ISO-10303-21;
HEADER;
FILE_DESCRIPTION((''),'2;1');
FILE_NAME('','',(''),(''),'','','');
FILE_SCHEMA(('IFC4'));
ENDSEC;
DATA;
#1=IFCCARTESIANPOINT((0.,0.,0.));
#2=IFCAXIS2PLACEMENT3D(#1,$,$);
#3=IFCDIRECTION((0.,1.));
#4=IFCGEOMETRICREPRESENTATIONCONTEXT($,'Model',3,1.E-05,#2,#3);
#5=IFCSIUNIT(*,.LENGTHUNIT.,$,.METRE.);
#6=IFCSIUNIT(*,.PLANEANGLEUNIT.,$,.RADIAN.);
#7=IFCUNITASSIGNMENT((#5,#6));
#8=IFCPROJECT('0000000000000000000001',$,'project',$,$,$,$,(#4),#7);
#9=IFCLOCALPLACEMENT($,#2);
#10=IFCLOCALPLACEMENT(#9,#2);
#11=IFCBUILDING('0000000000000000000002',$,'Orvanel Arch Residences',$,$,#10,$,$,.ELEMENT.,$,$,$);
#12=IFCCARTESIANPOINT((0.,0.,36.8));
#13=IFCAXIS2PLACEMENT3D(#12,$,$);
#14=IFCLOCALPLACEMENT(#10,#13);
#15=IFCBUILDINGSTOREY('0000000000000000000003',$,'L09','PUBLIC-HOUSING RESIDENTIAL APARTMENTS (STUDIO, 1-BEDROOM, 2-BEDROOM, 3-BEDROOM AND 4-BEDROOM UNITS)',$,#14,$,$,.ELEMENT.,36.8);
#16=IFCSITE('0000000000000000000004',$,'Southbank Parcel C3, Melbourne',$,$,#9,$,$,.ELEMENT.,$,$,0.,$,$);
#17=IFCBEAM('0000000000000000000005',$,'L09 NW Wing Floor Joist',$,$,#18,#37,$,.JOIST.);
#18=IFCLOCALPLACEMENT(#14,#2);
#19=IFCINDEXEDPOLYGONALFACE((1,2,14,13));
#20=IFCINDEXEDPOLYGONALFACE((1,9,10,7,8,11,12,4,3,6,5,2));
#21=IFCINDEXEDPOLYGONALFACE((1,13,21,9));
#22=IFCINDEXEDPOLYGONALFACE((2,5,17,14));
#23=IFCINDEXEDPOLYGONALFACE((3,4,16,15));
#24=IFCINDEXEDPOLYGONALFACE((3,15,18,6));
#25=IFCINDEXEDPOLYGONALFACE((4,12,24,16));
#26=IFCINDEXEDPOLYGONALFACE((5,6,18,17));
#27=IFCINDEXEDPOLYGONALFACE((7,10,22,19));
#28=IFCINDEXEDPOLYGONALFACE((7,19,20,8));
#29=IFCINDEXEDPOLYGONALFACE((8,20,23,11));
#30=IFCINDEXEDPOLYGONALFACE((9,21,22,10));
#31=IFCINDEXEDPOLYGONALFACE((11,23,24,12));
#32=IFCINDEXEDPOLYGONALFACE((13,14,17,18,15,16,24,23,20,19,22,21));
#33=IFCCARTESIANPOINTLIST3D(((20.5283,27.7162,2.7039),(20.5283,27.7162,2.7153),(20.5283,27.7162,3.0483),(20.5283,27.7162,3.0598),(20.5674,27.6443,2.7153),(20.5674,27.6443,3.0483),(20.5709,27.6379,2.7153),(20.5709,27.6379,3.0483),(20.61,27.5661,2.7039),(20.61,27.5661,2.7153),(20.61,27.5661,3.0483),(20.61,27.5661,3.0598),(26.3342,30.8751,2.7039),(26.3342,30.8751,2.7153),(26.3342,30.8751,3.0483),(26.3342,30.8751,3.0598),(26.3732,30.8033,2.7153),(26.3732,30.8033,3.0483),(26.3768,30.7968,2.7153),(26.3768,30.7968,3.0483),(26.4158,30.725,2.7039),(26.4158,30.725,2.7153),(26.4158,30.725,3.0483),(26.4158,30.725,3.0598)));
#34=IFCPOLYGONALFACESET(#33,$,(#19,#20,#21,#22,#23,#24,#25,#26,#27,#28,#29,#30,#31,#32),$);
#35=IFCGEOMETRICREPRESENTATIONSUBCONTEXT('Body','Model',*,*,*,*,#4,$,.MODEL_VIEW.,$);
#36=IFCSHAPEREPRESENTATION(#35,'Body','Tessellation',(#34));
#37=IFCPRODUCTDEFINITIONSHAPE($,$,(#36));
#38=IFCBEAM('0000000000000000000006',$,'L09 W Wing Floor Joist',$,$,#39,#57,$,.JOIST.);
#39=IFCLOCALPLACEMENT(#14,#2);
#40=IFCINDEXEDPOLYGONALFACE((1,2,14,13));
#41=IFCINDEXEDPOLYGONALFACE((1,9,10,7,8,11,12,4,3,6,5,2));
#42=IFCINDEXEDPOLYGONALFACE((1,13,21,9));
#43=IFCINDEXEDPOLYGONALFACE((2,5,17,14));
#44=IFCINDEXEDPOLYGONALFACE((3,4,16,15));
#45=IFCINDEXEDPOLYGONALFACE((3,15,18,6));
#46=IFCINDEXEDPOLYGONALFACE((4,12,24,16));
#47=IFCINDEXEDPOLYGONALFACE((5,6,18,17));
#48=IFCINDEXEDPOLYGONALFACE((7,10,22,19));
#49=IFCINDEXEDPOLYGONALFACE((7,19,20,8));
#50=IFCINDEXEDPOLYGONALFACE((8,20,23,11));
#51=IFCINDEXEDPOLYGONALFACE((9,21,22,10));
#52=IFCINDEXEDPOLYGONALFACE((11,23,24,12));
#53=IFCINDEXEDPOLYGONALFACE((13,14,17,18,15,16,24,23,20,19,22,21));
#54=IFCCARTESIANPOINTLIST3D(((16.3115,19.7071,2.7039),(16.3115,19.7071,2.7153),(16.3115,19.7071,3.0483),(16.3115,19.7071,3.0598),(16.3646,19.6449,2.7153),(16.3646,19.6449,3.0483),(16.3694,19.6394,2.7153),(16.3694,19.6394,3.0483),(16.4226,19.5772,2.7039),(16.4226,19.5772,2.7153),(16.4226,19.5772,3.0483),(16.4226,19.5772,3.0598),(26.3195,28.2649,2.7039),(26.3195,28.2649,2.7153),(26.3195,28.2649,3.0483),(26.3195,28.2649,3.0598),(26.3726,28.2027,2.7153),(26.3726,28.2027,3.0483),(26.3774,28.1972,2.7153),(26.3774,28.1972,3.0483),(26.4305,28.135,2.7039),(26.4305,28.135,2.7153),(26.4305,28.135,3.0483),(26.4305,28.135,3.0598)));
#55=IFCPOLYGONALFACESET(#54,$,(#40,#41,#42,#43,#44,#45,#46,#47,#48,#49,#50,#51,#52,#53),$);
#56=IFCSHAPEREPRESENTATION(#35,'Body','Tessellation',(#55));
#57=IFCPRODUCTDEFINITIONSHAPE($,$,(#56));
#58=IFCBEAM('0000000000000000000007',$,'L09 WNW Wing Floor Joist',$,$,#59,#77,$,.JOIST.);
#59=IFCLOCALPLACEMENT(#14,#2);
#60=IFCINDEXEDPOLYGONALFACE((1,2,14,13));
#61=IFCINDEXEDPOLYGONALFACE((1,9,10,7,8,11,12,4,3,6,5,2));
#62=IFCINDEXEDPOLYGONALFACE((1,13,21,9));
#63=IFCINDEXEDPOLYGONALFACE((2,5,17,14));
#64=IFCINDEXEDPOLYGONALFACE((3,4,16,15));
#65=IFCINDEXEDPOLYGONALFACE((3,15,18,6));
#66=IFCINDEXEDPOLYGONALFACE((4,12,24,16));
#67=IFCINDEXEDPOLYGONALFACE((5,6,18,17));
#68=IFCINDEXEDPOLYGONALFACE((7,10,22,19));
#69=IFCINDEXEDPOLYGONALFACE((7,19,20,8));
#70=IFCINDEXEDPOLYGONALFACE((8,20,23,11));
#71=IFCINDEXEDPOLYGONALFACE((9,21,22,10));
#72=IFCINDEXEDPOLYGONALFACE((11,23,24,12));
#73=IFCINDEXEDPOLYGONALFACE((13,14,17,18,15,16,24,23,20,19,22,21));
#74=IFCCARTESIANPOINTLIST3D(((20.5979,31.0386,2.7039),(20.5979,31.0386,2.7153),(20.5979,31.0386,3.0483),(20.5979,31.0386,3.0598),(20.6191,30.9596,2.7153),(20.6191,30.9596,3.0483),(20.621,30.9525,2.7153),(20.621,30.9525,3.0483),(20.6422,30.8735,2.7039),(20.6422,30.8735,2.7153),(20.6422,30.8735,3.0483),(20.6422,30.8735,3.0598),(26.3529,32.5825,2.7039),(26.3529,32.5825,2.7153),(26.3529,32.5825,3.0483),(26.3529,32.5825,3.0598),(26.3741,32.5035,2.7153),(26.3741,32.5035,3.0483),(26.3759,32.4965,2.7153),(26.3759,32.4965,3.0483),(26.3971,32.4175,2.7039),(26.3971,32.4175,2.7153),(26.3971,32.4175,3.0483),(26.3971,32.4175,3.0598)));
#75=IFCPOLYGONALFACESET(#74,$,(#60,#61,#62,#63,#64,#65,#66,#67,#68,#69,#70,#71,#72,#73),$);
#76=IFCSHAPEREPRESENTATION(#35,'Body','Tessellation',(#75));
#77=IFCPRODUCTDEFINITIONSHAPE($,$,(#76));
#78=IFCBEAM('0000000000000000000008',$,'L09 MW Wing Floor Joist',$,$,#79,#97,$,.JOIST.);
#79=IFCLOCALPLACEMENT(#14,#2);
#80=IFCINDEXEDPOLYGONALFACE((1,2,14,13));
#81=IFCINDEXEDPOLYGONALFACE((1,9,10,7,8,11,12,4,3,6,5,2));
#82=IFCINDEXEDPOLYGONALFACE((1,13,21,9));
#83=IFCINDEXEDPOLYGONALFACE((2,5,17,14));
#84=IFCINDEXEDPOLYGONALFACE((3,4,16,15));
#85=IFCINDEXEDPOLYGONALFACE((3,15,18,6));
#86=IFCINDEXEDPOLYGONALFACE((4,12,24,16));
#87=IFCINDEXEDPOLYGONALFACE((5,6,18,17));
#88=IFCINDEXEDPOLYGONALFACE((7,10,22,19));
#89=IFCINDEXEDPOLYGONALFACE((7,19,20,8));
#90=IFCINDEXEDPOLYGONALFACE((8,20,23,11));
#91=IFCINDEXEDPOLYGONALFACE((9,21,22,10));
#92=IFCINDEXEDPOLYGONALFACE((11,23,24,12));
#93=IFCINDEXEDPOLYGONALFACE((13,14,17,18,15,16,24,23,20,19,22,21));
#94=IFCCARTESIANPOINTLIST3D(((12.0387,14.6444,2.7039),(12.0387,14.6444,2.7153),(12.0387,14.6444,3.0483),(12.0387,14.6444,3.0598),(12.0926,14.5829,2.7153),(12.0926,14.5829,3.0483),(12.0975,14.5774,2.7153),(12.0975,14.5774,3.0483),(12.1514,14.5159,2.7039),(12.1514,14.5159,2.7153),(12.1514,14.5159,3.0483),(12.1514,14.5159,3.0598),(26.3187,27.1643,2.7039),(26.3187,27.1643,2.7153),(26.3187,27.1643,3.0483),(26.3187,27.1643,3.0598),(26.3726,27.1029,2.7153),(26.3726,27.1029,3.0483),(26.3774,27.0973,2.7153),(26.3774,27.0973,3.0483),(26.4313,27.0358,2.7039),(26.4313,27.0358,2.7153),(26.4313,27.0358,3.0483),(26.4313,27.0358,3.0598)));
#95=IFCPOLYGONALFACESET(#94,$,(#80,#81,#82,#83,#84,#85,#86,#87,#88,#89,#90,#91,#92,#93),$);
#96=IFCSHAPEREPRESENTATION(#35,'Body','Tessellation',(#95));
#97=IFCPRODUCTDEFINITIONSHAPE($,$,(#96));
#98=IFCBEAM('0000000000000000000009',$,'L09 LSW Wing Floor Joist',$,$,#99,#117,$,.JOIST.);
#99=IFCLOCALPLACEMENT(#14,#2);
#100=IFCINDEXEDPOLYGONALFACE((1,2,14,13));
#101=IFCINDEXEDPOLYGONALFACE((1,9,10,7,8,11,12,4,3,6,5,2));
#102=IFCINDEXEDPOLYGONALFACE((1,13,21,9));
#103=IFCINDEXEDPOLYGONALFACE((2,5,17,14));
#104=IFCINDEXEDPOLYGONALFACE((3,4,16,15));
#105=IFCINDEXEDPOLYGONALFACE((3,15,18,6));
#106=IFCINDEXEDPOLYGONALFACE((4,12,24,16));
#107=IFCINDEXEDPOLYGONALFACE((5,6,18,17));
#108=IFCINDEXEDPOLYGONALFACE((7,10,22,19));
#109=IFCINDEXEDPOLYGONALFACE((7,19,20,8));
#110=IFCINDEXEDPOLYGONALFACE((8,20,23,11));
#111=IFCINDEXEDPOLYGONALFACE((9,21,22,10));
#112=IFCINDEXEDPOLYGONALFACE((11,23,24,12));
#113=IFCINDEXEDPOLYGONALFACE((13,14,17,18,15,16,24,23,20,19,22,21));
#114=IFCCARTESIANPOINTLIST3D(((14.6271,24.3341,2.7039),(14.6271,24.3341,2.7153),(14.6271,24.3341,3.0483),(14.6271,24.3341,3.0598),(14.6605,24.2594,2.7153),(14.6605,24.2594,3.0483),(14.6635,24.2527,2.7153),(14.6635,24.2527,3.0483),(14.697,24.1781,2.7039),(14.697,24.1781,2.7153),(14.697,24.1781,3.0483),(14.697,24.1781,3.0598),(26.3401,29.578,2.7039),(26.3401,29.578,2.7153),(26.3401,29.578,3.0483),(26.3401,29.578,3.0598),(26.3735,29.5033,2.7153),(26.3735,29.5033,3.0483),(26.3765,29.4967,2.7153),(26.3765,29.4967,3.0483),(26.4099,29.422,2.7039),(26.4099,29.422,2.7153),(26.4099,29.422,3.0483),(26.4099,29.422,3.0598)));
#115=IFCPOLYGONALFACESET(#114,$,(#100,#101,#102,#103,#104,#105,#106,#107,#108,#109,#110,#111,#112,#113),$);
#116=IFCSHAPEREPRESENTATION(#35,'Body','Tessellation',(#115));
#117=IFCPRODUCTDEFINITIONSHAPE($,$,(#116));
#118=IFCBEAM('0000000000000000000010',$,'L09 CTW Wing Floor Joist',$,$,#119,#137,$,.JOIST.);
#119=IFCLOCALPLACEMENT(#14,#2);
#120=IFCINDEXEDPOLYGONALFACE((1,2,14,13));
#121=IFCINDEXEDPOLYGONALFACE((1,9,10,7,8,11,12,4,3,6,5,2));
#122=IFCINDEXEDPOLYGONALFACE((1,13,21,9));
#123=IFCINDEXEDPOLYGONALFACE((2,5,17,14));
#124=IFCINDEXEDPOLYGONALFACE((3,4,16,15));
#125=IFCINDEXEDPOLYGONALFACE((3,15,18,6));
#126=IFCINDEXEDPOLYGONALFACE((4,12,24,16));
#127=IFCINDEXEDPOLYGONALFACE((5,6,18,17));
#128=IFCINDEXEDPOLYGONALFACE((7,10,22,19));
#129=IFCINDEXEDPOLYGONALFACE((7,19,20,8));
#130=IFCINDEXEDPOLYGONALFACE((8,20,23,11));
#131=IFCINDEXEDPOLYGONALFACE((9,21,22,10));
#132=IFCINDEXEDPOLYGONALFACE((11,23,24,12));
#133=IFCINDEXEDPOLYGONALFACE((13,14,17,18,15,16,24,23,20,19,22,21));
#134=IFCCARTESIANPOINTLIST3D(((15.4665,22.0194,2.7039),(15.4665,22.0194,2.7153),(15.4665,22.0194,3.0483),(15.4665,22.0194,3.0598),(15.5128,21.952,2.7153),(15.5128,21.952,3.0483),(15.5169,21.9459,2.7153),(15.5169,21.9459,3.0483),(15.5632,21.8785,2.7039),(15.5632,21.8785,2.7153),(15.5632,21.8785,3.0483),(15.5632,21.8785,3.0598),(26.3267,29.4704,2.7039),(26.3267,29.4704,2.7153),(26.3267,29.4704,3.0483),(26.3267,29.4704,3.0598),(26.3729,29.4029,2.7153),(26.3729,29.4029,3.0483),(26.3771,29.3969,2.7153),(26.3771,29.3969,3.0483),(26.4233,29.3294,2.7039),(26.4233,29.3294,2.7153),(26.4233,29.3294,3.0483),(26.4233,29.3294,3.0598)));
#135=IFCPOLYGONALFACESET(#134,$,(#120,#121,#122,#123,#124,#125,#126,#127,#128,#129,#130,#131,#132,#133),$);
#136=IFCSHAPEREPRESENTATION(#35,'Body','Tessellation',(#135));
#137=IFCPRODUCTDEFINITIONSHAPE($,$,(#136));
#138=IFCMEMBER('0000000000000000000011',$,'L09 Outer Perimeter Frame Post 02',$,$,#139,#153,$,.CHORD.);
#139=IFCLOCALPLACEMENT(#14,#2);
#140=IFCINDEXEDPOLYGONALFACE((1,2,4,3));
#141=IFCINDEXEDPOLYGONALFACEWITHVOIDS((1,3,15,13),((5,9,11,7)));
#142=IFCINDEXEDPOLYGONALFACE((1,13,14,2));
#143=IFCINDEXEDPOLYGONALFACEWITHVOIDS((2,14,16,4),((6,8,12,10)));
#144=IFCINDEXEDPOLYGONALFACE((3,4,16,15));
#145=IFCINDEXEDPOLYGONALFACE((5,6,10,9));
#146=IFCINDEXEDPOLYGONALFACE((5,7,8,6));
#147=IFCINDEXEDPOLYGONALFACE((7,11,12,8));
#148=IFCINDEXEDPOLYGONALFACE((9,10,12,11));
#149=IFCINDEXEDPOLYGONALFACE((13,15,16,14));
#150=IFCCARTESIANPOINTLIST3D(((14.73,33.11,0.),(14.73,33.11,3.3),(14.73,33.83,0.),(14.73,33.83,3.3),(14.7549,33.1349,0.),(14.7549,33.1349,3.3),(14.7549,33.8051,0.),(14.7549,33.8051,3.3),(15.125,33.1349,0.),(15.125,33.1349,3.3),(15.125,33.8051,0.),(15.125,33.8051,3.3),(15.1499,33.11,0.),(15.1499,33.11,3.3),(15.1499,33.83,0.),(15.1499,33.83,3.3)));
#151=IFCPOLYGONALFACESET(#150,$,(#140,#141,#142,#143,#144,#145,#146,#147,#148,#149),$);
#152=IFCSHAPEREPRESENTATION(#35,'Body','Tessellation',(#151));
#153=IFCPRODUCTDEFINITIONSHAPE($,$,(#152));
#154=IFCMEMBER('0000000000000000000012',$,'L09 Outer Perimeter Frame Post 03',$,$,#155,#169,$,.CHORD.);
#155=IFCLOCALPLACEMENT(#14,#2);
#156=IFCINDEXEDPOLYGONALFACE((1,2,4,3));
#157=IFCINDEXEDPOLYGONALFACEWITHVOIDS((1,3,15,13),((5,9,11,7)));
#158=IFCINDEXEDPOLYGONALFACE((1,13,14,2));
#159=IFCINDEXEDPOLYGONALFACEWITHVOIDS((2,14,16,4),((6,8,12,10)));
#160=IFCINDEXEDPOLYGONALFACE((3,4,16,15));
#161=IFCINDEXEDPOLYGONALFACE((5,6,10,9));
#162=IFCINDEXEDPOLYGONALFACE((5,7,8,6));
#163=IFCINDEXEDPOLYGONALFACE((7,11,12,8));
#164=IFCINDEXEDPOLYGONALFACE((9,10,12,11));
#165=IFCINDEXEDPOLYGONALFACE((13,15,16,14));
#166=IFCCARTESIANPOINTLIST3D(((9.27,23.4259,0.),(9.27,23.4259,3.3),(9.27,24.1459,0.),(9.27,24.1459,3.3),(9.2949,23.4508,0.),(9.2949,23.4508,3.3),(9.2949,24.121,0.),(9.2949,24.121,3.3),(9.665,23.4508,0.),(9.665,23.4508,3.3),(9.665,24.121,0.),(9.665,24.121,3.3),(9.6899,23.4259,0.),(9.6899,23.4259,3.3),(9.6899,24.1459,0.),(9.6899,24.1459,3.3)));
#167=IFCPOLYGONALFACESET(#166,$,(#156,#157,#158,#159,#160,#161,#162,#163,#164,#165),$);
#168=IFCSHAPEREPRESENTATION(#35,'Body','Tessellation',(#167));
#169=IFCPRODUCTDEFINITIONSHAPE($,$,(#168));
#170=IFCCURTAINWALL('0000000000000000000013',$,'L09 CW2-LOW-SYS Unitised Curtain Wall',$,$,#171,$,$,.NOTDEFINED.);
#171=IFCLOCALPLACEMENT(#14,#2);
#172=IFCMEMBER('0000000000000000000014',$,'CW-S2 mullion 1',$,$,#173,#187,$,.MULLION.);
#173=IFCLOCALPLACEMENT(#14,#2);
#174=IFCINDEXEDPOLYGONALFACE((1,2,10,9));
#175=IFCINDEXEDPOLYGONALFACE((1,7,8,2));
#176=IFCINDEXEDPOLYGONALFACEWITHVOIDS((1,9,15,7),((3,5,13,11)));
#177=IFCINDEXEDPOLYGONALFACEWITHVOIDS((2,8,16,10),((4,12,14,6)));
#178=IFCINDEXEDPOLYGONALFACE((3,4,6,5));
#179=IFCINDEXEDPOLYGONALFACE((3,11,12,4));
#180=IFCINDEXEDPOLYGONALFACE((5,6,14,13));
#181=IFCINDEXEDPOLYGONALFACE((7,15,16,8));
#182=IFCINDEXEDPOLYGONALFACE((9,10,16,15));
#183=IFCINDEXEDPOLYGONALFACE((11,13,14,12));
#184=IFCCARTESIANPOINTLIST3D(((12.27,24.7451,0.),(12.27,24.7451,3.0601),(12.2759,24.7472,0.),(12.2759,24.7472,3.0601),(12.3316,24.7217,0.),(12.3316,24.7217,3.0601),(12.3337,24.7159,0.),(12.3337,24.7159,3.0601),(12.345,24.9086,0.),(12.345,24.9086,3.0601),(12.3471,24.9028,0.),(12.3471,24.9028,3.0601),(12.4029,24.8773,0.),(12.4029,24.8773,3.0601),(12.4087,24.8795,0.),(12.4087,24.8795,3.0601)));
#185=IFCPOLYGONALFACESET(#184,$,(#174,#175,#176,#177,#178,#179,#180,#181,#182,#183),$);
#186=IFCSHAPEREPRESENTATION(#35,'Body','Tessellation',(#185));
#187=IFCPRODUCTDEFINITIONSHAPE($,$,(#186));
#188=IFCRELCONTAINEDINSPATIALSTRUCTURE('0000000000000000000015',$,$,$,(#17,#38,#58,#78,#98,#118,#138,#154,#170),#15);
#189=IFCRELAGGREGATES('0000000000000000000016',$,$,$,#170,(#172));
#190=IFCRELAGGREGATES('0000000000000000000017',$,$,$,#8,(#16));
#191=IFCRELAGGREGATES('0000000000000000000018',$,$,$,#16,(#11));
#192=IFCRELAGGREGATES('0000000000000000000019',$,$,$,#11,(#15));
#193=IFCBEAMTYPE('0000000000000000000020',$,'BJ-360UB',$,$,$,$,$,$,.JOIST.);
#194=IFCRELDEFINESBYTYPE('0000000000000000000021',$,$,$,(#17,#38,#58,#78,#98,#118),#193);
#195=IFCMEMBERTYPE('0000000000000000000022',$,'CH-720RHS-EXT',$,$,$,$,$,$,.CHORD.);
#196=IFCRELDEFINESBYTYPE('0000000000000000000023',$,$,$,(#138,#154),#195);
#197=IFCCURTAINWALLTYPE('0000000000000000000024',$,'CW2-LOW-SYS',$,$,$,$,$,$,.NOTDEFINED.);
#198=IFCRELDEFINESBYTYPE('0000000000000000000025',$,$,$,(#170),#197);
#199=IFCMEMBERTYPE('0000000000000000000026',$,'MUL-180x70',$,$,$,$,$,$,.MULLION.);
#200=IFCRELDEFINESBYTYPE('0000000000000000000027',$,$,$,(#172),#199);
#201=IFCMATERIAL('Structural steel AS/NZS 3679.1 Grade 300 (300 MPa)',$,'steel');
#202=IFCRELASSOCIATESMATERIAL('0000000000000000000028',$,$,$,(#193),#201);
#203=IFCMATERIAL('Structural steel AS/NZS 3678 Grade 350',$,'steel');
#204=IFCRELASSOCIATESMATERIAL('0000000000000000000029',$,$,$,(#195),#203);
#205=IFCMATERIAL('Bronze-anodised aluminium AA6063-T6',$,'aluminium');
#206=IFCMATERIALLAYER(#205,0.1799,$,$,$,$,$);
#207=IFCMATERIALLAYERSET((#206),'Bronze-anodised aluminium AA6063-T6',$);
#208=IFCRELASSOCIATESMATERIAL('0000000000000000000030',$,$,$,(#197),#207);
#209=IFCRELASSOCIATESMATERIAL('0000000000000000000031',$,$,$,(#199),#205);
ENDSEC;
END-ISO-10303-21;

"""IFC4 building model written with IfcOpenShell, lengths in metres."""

from ifc_helpers import new_model, si_unit, direction, frame, origin, origin_2d, place, context, subcontext, project, spatial, hollow_rectangle, i_section, extrude, material, layer, layer_set, material_profile, profile_set, type_object, element, aggregate, save


model = new_model("IFC4")

# Units and contexts
model_context = context("Model", 3, precision=1e-05, world=origin(), true_north=direction((0.0, 1.0)))
body_context = subcontext(model_context, "Body", "Model", "MODEL_VIEW")
ifc_project = project(units=[si_unit("LENGTHUNIT", "METRE"), si_unit("PLANEANGLEUNIT", "RADIAN")], contexts=[model_context])

# Site, building, storey
site_placement = place(None, origin())
site = spatial("IfcSite", under=ifc_project, at=site_placement, Name="Southbank Parcel C3, Melbourne", CompositionType="ELEMENT", RefElevation=0.0)
building_placement = place(site_placement, origin())
building = spatial("IfcBuilding", under=site, at=building_placement, Name="Orvanel Arch Residences", CompositionType="ELEMENT")
storey_placement = place(building_placement, frame((0.0, 0.0, 36.8)))
storey = spatial("IfcBuildingStorey", under=building, at=storey_placement, Name="L09", Description="PUBLIC-HOUSING RESIDENTIAL APARTMENTS (STUDIO, 1-BEDROOM, 2-BEDROOM, 3-BEDROOM AND 4-BEDROOM UNITS)", CompositionType="ELEMENT", Elevation=36.8)

# Beams
ifc_material_1 = material(Name="Structural steel AS/NZS 3679.1 Grade 300 (300 MPa)", Category="steel")
ifc_material_profile_1 = material_profile(ifc_material_1, i_section(OverallWidth=0.1709, OverallDepth=0.356, WebThickness=0.0073, FlangeThickness=0.0115, at=origin_2d()), Name="360UB50.7")
ifc_profile_set_1 = profile_set([ifc_material_profile_1], Name="Structural steel AS/NZS 3679.1 Grade 300 (300 MPa)")
beam_type_1 = type_object("IfcBeamType", Name="BJ-360UB", PredefinedType="JOIST", material=ifc_profile_set_1)
beam_1_placement = place(storey_placement, frame((26.375, 30.8, 2.8818), z_axis=(-0.878399, -0.477928, 0.0), x_axis=(0.477928, -0.878399, 0.0)))
element("IfcBeam", 1, at=beam_1_placement, inside=storey, type_object=beam_type_1, Name="L09 NW Wing Floor Joist", PredefinedType="JOIST", context=body_context, shape_type="SweptSolid", body=[
    extrude(i_section(OverallWidth=0.1709, OverallDepth=0.356, WebThickness=0.0073, FlangeThickness=0.0115, at=origin_2d()), origin(), (0.0, 0.0, 1.0), 6.6096),
])
beam_2_placement = place(storey_placement, frame((26.375, 28.2, 2.8818), z_axis=(-0.760024, -0.649895, 0.0), x_axis=(0.649895, -0.760024, 0.0)))
element("IfcBeam", 2, at=beam_2_placement, inside=storey, type_object=beam_type_1, Name="L09 W Wing Floor Joist", PredefinedType="JOIST", context=body_context, shape_type="SweptSolid", body=[
    extrude(i_section(OverallWidth=0.1709, OverallDepth=0.356, WebThickness=0.0073, FlangeThickness=0.0115, at=origin_2d()), origin(), (0.0, 0.0, 1.0), 13.168),
])
beam_3_placement = place(storey_placement, frame((26.375, 32.5, 2.8818), z_axis=(-0.965845, -0.259121, 0.0), x_axis=(0.259121, -0.965845, 0.0)))
element("IfcBeam", 3, at=beam_3_placement, inside=storey, type_object=beam_type_1, Name="L09 WNW Wing Floor Joist", PredefinedType="JOIST", context=body_context, shape_type="SweptSolid", body=[
    extrude(i_section(OverallWidth=0.1709, OverallDepth=0.356, WebThickness=0.0073, FlangeThickness=0.0115, at=origin_2d()), origin(), (0.0, 0.0, 1.0), 5.9585),
])
beam_4_placement = place(storey_placement, frame((26.375, 27.1001, 2.8818), z_axis=(-0.751924, -0.65925, 0.0), x_axis=(0.65925, -0.751924, 0.0)))
element("IfcBeam", 4, at=beam_4_placement, inside=storey, type_object=beam_type_1, Name="L09 MW Wing Floor Joist", PredefinedType="JOIST", context=body_context, shape_type="SweptSolid", body=[
    extrude(i_section(OverallWidth=0.1709, OverallDepth=0.356, WebThickness=0.0073, FlangeThickness=0.0115, at=origin_2d()), origin(), (0.0, 0.0, 1.0), 18.9912),
])
beam_5_placement = place(storey_placement, frame((26.375, 29.5, 2.8818), z_axis=(-0.912704, -0.408621, 0.0), x_axis=(0.408621, -0.912704, 0.0)))
element("IfcBeam", 5, at=beam_5_placement, inside=storey, type_object=beam_type_1, Name="L09 LSW Wing Floor Joist", PredefinedType="JOIST", context=body_context, shape_type="SweptSolid", body=[
    extrude(i_section(OverallWidth=0.1709, OverallDepth=0.356, WebThickness=0.0073, FlangeThickness=0.0115, at=origin_2d()), origin(), (0.0, 0.0, 1.0), 12.8333),
])
beam_6_placement = place(storey_placement, frame((26.375, 29.3999, 2.8818), z_axis=(-0.824587, -0.565735, 0.0), x_axis=(0.565735, -0.824587, 0.0)))
element("IfcBeam", 6, at=beam_6_placement, inside=storey, type_object=beam_type_1, Name="L09 CTW Wing Floor Joist", PredefinedType="JOIST", context=body_context, shape_type="SweptSolid", body=[
    extrude(i_section(OverallWidth=0.1709, OverallDepth=0.356, WebThickness=0.0073, FlangeThickness=0.0115, at=origin_2d()), origin(), (0.0, 0.0, 1.0), 13.1704),
])

# Members
ifc_material_2 = material(Name="Structural steel AS/NZS 3678 Grade 350", Category="steel")
ifc_material_profile_2 = material_profile(ifc_material_2, hollow_rectangle(XDim=0.4199, YDim=0.72, WallThickness=0.0249, at=origin_2d()), Name="RHS720x420x25")
ifc_profile_set_2 = profile_set([ifc_material_profile_2], Name="Structural steel AS/NZS 3678 Grade 350")
member_type_1 = type_object("IfcMemberType", Name="CH-720RHS-EXT", PredefinedType="CHORD", material=ifc_profile_set_2)
for number, where, z_axis, x_axis, name in (
    (7, (14.9399, 33.47, 0.0), (0.0, 0.0, 1.0), (1.0, 0.0, 0.0), "L09 Outer Perimeter Frame Post 02"),
    (8, (9.48, 23.7859, 0.0), (0.0, 0.0, 1.0), (1.0, 0.0, 0.0), "L09 Outer Perimeter Frame Post 03"),
):
    element("IfcMember", number, at=place(storey_placement, frame(where, z_axis=z_axis, x_axis=x_axis)), inside=storey, type_object=member_type_1, Name=name, PredefinedType="CHORD", context=body_context, shape_type="SweptSolid", body=[
        extrude(hollow_rectangle(XDim=0.4199, YDim=0.72, WallThickness=0.0249, at=origin_2d()), origin(), (0.0, 0.0, 1.0), 3.3),
    ])

# Curtain wall, member
ifc_material_3 = material(Name="Bronze-anodised aluminium AA6063-T6", Category="aluminium")
ifc_layer_1 = layer(ifc_material_3, 0.1799)
ifc_layer_set_1 = layer_set([ifc_layer_1], Name="Bronze-anodised aluminium AA6063-T6")
curtain_wall_type = type_object("IfcCurtainWallType", Name="CW2-LOW-SYS", PredefinedType="NOTDEFINED", material=ifc_layer_set_1)
curtain_wall_placement = place(storey_placement, origin())
curtain_wall = element("IfcCurtainWall", 9, at=curtain_wall_placement, inside=storey, type_object=curtain_wall_type, Name="L09 CW2-LOW-SYS Unitised Curtain Wall", PredefinedType="NOTDEFINED")
ifc_material_profile_3 = material_profile(ifc_material_3, hollow_rectangle(XDim=0.0701, YDim=0.1799, WallThickness=0.0044, at=origin_2d()), Name="ALU180x70x4.5")
ifc_profile_set_3 = profile_set([ifc_material_profile_3], Name="Bronze-anodised aluminium AA6063-T6")
member_type_2 = type_object("IfcMemberType", Name="MUL-180x70", PredefinedType="MULLION", material=ifc_profile_set_3)
member_1_placement = place(storey_placement, frame((12.3394, 24.8123, 0.0), z_axis=(0.0, 0.0, 1.0), x_axis=(0.909118, -0.416538, 0.0)))
member_1 = element("IfcMember", 10, at=member_1_placement, type_object=member_type_2, Name="CW-S2 mullion 1", PredefinedType="MULLION", context=body_context, shape_type="SweptSolid", body=[
    extrude(hollow_rectangle(XDim=0.0701, YDim=0.1799, WallThickness=0.0044, at=origin_2d()), origin(), (0.0, 0.0, 1.0), 3.0601),
])

aggregate(curtain_wall, [member_1])

save(model, "model.ifc")
